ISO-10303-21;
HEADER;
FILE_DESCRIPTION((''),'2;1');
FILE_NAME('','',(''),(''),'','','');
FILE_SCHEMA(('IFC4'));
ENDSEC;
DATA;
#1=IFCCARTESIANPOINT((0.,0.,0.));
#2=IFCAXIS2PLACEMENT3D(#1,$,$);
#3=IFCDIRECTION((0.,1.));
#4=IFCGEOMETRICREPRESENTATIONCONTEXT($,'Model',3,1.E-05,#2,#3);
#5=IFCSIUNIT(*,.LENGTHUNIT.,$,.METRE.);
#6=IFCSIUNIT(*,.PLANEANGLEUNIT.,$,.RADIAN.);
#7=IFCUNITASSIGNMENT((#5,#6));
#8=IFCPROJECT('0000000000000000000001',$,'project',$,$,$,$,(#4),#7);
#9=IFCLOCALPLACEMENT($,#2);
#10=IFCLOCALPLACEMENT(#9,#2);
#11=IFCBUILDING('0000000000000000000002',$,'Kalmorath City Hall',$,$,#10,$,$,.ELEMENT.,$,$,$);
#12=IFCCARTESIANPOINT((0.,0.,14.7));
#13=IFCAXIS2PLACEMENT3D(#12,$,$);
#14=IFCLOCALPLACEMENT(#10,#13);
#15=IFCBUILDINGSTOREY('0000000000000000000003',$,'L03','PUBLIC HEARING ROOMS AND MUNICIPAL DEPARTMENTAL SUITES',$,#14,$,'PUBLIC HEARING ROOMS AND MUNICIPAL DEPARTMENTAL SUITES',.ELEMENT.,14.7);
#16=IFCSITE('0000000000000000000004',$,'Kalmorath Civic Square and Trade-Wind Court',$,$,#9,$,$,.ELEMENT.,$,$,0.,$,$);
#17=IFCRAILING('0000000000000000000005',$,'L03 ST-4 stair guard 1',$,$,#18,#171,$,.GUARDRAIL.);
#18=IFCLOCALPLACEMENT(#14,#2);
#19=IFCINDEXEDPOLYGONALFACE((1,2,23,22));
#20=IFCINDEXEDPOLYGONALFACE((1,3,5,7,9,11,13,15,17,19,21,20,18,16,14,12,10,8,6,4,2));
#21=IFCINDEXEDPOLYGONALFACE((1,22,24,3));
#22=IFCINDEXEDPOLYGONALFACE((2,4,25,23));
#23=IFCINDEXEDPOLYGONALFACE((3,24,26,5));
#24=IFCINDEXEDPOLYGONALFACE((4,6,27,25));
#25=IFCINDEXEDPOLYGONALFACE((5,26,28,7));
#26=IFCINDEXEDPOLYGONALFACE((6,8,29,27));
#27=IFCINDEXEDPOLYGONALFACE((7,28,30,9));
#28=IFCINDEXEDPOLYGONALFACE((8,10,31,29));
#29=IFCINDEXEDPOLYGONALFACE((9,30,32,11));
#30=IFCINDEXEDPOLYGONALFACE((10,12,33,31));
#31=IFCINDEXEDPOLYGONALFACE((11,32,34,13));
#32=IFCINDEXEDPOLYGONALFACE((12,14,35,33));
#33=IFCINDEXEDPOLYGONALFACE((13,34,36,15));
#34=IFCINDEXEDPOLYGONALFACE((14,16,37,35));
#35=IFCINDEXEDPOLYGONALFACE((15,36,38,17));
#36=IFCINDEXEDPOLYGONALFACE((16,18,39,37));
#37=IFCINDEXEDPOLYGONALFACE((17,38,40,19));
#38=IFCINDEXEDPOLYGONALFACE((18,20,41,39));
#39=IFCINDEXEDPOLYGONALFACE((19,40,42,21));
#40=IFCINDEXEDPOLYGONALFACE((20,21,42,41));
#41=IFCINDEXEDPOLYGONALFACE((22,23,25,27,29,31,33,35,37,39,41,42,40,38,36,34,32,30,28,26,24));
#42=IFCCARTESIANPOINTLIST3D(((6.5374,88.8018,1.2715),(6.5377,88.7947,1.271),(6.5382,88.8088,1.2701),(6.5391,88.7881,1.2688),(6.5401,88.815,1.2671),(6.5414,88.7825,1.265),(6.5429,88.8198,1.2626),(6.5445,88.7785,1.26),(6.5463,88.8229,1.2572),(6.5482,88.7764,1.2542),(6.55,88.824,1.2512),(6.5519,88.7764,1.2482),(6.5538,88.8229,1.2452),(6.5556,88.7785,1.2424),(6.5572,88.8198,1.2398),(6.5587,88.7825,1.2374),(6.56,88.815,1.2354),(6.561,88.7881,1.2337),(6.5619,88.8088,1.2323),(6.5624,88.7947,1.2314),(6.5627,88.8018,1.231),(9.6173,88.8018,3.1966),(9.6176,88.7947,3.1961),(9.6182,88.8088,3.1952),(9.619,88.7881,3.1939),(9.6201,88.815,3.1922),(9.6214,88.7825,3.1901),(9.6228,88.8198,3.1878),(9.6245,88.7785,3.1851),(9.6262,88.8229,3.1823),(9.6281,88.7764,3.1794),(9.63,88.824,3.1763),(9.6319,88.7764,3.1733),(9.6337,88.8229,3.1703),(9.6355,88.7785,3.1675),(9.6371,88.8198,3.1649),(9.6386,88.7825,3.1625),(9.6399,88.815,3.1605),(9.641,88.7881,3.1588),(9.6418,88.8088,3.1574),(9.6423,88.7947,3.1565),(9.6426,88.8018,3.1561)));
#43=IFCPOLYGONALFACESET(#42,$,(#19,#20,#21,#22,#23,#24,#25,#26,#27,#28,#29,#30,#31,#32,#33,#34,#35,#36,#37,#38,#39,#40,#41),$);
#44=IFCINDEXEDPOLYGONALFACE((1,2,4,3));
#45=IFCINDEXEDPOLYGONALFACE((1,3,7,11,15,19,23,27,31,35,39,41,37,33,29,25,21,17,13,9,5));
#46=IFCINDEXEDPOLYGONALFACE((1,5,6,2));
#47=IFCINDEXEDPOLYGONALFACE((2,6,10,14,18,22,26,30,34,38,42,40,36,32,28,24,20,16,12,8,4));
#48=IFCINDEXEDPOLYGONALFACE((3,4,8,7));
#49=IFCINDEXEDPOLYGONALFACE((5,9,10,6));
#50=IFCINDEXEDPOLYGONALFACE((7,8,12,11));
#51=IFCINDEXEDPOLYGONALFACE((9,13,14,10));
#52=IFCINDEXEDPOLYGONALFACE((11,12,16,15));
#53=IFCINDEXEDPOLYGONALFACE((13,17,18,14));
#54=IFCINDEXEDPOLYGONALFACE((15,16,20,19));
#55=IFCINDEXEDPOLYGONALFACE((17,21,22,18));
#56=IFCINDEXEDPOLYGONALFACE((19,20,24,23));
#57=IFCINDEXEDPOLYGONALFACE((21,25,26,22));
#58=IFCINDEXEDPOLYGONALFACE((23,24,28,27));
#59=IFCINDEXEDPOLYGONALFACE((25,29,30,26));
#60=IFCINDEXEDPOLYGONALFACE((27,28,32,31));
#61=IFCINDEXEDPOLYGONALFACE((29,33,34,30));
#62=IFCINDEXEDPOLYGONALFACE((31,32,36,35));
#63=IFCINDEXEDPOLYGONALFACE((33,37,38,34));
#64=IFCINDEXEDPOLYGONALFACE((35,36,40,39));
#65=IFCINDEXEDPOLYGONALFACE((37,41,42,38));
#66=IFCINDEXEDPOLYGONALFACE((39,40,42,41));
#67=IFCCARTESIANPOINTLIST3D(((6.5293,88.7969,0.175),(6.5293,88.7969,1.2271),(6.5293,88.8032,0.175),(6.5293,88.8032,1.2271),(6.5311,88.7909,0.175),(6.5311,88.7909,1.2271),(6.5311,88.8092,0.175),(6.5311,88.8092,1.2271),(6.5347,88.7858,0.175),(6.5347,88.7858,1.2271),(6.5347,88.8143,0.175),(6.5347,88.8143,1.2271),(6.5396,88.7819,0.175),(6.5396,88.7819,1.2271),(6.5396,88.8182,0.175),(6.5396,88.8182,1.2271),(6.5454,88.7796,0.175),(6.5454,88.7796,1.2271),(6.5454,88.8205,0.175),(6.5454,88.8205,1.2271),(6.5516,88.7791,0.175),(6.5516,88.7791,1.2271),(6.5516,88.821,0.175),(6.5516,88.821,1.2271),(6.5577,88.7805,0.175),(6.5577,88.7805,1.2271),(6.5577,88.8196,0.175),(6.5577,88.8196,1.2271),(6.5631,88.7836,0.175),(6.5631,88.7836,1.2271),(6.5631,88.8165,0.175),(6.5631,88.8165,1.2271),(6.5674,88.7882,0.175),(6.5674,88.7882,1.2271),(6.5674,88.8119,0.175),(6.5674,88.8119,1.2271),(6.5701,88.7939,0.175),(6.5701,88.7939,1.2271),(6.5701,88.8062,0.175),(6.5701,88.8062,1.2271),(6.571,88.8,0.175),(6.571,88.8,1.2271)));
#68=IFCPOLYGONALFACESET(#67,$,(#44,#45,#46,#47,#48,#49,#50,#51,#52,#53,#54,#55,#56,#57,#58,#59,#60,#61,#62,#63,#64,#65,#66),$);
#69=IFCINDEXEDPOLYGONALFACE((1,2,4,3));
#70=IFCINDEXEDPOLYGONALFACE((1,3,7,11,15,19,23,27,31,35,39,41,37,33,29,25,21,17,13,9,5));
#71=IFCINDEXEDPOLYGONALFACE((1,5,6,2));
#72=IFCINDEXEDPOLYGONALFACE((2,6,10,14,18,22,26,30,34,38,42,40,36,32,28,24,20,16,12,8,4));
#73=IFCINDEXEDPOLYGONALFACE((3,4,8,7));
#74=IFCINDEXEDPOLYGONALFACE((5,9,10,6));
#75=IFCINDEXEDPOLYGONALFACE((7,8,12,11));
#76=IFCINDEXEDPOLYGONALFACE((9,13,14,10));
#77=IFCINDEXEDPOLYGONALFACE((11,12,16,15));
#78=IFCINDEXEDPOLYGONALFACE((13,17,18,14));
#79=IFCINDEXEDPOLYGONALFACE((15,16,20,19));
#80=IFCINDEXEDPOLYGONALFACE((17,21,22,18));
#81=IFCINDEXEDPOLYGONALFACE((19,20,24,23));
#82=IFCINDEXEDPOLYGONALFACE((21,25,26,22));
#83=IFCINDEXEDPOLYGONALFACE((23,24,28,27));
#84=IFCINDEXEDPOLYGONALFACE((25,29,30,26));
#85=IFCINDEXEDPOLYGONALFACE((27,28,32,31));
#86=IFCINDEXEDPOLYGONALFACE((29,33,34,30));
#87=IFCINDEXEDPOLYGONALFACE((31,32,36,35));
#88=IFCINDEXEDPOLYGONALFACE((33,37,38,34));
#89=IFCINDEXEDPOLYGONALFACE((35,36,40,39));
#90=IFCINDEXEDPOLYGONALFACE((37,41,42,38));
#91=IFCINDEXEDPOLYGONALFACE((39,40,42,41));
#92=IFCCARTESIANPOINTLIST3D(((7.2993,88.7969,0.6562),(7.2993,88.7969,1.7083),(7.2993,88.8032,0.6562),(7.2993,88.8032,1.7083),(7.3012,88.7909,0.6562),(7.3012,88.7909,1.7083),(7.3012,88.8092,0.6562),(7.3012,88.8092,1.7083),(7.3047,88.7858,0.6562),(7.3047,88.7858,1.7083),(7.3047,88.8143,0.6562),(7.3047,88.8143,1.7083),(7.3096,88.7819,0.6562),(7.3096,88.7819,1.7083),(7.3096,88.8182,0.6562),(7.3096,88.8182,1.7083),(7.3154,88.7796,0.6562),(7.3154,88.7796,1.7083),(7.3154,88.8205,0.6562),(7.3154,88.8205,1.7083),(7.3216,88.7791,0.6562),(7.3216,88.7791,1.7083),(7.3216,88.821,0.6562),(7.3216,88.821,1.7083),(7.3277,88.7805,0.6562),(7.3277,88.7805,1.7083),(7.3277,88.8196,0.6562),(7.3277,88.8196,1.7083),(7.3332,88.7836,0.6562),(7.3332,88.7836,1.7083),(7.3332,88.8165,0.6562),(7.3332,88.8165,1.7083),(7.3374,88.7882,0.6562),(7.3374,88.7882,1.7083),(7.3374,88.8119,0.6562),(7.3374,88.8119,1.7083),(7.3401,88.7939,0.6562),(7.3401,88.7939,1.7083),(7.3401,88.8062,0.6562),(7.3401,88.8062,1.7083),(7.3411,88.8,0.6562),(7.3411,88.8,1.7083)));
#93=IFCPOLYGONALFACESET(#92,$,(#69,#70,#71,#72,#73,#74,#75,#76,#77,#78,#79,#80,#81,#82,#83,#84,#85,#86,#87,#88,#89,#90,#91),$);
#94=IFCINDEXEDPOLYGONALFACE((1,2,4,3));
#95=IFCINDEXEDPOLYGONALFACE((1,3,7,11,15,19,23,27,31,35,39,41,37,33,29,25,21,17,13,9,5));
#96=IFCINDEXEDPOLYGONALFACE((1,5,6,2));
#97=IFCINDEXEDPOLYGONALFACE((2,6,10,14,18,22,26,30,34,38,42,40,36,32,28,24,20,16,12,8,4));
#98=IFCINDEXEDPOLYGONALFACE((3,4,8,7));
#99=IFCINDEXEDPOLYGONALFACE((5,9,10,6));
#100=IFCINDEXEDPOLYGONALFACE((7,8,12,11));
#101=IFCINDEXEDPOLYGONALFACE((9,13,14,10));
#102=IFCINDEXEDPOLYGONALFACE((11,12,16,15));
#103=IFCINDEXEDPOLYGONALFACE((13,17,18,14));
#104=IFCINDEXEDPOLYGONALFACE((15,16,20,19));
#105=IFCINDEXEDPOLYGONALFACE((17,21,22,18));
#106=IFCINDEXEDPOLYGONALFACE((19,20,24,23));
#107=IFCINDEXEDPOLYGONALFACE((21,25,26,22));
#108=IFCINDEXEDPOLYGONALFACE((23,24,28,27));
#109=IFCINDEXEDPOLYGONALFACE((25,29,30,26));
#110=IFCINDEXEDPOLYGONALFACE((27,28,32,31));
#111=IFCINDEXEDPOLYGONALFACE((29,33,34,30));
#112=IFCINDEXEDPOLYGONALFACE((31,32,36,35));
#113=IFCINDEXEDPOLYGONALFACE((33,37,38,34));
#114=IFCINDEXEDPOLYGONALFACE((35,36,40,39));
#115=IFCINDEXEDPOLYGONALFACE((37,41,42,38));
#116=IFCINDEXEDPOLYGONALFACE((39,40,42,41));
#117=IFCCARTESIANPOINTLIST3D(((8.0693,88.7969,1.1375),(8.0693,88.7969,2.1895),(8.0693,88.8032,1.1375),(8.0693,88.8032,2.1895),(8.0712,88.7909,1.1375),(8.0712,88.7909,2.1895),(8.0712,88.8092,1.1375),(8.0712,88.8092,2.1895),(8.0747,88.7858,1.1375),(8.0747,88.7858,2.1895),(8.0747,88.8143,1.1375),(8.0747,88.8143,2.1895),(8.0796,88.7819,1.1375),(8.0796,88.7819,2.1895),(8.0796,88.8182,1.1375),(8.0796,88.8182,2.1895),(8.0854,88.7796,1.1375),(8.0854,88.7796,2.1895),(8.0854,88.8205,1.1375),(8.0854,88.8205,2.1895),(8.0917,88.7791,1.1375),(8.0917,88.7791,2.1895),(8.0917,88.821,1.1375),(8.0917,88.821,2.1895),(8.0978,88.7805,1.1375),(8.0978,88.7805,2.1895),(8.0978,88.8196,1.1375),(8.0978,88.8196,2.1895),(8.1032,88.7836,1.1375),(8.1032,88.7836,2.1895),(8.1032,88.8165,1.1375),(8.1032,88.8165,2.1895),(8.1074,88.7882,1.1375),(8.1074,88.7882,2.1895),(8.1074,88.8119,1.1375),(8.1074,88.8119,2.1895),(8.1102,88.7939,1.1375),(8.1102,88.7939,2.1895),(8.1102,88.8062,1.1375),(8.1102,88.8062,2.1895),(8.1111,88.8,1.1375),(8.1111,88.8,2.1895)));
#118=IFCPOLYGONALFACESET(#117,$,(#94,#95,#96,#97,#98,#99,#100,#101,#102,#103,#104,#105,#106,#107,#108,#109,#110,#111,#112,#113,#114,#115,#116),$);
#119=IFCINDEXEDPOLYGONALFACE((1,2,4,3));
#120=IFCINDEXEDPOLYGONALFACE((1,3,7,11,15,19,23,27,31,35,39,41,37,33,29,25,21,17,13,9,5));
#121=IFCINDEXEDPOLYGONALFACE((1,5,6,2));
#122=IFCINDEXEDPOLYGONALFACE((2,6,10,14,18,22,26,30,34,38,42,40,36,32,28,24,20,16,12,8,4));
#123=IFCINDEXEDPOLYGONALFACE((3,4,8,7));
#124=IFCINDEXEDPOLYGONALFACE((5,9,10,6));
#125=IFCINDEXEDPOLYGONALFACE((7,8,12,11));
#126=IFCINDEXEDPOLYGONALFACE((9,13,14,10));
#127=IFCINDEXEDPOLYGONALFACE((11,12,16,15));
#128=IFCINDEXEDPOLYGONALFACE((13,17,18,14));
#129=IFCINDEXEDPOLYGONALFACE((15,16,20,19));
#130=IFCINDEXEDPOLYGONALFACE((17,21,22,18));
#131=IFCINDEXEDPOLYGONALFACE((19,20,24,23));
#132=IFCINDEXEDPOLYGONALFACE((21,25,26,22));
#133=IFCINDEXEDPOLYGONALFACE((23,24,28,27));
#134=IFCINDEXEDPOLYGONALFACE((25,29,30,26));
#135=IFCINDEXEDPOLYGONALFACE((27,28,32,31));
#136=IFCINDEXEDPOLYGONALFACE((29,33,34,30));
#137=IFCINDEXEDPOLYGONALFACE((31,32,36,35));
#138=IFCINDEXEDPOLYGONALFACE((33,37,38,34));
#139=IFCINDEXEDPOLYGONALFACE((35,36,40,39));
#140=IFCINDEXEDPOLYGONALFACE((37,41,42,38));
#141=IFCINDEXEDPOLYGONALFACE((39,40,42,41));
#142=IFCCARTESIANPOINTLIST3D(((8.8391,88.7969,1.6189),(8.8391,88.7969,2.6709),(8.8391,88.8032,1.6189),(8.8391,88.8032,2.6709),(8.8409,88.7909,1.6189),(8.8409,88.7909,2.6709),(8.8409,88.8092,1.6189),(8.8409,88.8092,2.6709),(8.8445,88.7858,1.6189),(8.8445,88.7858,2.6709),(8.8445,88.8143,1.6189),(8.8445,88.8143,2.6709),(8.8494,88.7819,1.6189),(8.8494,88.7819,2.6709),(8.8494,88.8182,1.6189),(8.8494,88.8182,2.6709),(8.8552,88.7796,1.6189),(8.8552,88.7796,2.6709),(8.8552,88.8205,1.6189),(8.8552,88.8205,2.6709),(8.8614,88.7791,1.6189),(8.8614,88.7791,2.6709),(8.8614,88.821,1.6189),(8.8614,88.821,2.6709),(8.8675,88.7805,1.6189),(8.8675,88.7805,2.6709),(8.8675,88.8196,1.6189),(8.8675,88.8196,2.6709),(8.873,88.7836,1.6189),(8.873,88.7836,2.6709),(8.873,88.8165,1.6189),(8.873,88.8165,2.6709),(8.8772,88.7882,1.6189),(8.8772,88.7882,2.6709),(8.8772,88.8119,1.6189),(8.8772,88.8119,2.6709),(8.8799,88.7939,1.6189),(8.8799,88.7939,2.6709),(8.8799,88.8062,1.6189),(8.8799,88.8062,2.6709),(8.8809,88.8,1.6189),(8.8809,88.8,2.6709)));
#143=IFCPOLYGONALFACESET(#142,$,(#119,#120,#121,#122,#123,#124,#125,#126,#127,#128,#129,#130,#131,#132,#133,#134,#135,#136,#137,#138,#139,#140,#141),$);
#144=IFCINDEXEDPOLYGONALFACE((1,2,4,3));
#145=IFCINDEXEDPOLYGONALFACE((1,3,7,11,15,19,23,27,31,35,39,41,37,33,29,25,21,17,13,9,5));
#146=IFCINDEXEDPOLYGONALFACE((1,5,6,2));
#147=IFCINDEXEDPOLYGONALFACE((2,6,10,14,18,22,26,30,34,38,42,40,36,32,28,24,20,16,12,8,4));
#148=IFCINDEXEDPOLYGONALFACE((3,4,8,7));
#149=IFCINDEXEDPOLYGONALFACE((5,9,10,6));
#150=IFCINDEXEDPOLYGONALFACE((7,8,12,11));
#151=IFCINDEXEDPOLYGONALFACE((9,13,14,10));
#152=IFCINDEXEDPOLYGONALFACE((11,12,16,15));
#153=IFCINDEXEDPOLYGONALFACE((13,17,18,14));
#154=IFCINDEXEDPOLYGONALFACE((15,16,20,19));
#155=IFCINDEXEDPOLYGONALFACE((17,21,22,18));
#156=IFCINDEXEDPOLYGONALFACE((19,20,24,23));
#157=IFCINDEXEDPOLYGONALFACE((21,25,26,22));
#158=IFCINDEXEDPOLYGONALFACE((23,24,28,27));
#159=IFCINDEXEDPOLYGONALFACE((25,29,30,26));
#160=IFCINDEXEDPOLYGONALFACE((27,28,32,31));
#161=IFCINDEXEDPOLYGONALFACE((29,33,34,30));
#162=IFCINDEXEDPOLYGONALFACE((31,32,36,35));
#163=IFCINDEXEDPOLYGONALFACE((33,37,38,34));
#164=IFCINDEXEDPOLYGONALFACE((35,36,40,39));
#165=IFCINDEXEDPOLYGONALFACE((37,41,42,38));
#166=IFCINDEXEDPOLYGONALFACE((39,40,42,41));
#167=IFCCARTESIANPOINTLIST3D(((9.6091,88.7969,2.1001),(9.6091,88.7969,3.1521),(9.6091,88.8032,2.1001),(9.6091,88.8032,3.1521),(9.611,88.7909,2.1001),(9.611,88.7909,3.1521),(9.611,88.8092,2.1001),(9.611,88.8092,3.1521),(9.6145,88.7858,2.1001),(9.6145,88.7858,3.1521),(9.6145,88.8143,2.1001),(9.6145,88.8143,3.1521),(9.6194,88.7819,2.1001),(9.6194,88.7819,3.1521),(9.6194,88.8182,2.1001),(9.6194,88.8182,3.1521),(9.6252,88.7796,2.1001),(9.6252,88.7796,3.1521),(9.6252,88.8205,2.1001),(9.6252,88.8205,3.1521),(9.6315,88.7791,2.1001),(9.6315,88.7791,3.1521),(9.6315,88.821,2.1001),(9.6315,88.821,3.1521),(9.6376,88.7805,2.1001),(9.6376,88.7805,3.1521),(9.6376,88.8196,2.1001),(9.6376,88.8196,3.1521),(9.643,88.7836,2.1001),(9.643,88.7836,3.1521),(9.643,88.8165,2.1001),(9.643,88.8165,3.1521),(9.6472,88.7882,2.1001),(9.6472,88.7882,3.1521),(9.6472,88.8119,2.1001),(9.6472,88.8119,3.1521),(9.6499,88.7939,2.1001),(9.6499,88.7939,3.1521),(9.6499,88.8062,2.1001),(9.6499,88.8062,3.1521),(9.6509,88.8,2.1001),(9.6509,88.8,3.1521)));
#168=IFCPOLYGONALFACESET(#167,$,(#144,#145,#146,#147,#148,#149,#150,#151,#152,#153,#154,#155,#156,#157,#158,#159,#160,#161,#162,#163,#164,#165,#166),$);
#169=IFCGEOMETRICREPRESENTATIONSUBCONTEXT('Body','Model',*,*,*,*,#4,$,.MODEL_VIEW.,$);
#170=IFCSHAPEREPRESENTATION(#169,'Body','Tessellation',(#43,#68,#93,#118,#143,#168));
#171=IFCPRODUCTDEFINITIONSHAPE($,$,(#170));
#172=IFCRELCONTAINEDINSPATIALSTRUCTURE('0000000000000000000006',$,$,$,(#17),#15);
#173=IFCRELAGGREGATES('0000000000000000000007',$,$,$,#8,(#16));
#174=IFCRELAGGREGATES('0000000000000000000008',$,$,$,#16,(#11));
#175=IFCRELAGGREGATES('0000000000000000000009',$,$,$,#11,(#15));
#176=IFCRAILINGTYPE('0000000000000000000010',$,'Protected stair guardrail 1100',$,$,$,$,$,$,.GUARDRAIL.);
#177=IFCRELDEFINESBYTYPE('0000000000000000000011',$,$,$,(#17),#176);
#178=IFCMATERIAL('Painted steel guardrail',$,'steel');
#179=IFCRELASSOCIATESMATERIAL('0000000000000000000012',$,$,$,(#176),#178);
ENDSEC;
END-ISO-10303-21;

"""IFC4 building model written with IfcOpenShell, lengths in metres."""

from ifc_helpers import new_model, si_unit, direction, frame, origin, origin_2d, place, context, subcontext, project, spatial, circle, extrude, material, type_object, element, save


model = new_model("IFC4")

# Units and contexts
model_context = context("Model", 3, precision=1e-05, world=origin(), true_north=direction((0.0, 1.0)))
body_context = subcontext(model_context, "Body", "Model", "MODEL_VIEW")
ifc_project = project(units=[si_unit("LENGTHUNIT", "METRE"), si_unit("PLANEANGLEUNIT", "RADIAN")], contexts=[model_context])

# Site, building, storey
site_placement = place(None, origin())
site = spatial("IfcSite", under=ifc_project, at=site_placement, Name="Kalmorath Civic Square and Trade-Wind Court", CompositionType="ELEMENT", RefElevation=0.0)
building_placement = place(site_placement, origin())
building = spatial("IfcBuilding", under=site, at=building_placement, Name="Kalmorath City Hall", CompositionType="ELEMENT")
storey_placement = place(building_placement, frame((0.0, 0.0, 14.7)))
storey = spatial("IfcBuildingStorey", under=building, at=storey_placement, Name="L03", Description="PUBLIC HEARING ROOMS AND MUNICIPAL DEPARTMENTAL SUITES", LongName="PUBLIC HEARING ROOMS AND MUNICIPAL DEPARTMENTAL SUITES", CompositionType="ELEMENT", Elevation=14.7)

# Railing
ifc_material_1 = material(Name="Painted steel guardrail", Category="steel")
railing_type_1 = type_object("IfcRailingType", Name="Protected stair guardrail 1100", PredefinedType="GUARDRAIL", material=ifc_material_1)
railing_1_placement = place(storey_placement, frame((6.55, 88.8, 0.175)))
element("IfcRailing", 1, at=railing_1_placement, inside=storey, type_object=railing_type_1, Name="L03 ST-4 stair guard 1", PredefinedType="GUARDRAIL", context=body_context, shape_type="SweptSolid", body=[
    extrude(circle(Radius=0.0239, at=origin_2d()), frame((0.0, 0.0, 1.0762), z_axis=(0.847979, 0.0, 0.530029), x_axis=(0.0, 1.0, 0.0)), (0.0, 0.0, 1.0), 3.6321),
    extrude(circle(Radius=0.021, at=origin_2d()), origin(), (0.0, 0.0, 1.0), 1.052),
    extrude(circle(Radius=0.021, at=origin_2d()), frame((0.77, 0.0, 0.4812)), (0.0, 0.0, 1.0), 1.052),
    extrude(circle(Radius=0.021, at=origin_2d()), frame((1.54, 0.0, 0.9624)), (0.0, 0.0, 1.0), 1.052),
    extrude(circle(Radius=0.021, at=origin_2d()), frame((2.3098, 0.0, 1.4438)), (0.0, 0.0, 1.0), 1.052),
    extrude(circle(Radius=0.021, at=origin_2d()), frame((3.0798, 0.0, 1.925)), (0.0, 0.0, 1.0), 1.052),
])

save(model, "model.ifc")
